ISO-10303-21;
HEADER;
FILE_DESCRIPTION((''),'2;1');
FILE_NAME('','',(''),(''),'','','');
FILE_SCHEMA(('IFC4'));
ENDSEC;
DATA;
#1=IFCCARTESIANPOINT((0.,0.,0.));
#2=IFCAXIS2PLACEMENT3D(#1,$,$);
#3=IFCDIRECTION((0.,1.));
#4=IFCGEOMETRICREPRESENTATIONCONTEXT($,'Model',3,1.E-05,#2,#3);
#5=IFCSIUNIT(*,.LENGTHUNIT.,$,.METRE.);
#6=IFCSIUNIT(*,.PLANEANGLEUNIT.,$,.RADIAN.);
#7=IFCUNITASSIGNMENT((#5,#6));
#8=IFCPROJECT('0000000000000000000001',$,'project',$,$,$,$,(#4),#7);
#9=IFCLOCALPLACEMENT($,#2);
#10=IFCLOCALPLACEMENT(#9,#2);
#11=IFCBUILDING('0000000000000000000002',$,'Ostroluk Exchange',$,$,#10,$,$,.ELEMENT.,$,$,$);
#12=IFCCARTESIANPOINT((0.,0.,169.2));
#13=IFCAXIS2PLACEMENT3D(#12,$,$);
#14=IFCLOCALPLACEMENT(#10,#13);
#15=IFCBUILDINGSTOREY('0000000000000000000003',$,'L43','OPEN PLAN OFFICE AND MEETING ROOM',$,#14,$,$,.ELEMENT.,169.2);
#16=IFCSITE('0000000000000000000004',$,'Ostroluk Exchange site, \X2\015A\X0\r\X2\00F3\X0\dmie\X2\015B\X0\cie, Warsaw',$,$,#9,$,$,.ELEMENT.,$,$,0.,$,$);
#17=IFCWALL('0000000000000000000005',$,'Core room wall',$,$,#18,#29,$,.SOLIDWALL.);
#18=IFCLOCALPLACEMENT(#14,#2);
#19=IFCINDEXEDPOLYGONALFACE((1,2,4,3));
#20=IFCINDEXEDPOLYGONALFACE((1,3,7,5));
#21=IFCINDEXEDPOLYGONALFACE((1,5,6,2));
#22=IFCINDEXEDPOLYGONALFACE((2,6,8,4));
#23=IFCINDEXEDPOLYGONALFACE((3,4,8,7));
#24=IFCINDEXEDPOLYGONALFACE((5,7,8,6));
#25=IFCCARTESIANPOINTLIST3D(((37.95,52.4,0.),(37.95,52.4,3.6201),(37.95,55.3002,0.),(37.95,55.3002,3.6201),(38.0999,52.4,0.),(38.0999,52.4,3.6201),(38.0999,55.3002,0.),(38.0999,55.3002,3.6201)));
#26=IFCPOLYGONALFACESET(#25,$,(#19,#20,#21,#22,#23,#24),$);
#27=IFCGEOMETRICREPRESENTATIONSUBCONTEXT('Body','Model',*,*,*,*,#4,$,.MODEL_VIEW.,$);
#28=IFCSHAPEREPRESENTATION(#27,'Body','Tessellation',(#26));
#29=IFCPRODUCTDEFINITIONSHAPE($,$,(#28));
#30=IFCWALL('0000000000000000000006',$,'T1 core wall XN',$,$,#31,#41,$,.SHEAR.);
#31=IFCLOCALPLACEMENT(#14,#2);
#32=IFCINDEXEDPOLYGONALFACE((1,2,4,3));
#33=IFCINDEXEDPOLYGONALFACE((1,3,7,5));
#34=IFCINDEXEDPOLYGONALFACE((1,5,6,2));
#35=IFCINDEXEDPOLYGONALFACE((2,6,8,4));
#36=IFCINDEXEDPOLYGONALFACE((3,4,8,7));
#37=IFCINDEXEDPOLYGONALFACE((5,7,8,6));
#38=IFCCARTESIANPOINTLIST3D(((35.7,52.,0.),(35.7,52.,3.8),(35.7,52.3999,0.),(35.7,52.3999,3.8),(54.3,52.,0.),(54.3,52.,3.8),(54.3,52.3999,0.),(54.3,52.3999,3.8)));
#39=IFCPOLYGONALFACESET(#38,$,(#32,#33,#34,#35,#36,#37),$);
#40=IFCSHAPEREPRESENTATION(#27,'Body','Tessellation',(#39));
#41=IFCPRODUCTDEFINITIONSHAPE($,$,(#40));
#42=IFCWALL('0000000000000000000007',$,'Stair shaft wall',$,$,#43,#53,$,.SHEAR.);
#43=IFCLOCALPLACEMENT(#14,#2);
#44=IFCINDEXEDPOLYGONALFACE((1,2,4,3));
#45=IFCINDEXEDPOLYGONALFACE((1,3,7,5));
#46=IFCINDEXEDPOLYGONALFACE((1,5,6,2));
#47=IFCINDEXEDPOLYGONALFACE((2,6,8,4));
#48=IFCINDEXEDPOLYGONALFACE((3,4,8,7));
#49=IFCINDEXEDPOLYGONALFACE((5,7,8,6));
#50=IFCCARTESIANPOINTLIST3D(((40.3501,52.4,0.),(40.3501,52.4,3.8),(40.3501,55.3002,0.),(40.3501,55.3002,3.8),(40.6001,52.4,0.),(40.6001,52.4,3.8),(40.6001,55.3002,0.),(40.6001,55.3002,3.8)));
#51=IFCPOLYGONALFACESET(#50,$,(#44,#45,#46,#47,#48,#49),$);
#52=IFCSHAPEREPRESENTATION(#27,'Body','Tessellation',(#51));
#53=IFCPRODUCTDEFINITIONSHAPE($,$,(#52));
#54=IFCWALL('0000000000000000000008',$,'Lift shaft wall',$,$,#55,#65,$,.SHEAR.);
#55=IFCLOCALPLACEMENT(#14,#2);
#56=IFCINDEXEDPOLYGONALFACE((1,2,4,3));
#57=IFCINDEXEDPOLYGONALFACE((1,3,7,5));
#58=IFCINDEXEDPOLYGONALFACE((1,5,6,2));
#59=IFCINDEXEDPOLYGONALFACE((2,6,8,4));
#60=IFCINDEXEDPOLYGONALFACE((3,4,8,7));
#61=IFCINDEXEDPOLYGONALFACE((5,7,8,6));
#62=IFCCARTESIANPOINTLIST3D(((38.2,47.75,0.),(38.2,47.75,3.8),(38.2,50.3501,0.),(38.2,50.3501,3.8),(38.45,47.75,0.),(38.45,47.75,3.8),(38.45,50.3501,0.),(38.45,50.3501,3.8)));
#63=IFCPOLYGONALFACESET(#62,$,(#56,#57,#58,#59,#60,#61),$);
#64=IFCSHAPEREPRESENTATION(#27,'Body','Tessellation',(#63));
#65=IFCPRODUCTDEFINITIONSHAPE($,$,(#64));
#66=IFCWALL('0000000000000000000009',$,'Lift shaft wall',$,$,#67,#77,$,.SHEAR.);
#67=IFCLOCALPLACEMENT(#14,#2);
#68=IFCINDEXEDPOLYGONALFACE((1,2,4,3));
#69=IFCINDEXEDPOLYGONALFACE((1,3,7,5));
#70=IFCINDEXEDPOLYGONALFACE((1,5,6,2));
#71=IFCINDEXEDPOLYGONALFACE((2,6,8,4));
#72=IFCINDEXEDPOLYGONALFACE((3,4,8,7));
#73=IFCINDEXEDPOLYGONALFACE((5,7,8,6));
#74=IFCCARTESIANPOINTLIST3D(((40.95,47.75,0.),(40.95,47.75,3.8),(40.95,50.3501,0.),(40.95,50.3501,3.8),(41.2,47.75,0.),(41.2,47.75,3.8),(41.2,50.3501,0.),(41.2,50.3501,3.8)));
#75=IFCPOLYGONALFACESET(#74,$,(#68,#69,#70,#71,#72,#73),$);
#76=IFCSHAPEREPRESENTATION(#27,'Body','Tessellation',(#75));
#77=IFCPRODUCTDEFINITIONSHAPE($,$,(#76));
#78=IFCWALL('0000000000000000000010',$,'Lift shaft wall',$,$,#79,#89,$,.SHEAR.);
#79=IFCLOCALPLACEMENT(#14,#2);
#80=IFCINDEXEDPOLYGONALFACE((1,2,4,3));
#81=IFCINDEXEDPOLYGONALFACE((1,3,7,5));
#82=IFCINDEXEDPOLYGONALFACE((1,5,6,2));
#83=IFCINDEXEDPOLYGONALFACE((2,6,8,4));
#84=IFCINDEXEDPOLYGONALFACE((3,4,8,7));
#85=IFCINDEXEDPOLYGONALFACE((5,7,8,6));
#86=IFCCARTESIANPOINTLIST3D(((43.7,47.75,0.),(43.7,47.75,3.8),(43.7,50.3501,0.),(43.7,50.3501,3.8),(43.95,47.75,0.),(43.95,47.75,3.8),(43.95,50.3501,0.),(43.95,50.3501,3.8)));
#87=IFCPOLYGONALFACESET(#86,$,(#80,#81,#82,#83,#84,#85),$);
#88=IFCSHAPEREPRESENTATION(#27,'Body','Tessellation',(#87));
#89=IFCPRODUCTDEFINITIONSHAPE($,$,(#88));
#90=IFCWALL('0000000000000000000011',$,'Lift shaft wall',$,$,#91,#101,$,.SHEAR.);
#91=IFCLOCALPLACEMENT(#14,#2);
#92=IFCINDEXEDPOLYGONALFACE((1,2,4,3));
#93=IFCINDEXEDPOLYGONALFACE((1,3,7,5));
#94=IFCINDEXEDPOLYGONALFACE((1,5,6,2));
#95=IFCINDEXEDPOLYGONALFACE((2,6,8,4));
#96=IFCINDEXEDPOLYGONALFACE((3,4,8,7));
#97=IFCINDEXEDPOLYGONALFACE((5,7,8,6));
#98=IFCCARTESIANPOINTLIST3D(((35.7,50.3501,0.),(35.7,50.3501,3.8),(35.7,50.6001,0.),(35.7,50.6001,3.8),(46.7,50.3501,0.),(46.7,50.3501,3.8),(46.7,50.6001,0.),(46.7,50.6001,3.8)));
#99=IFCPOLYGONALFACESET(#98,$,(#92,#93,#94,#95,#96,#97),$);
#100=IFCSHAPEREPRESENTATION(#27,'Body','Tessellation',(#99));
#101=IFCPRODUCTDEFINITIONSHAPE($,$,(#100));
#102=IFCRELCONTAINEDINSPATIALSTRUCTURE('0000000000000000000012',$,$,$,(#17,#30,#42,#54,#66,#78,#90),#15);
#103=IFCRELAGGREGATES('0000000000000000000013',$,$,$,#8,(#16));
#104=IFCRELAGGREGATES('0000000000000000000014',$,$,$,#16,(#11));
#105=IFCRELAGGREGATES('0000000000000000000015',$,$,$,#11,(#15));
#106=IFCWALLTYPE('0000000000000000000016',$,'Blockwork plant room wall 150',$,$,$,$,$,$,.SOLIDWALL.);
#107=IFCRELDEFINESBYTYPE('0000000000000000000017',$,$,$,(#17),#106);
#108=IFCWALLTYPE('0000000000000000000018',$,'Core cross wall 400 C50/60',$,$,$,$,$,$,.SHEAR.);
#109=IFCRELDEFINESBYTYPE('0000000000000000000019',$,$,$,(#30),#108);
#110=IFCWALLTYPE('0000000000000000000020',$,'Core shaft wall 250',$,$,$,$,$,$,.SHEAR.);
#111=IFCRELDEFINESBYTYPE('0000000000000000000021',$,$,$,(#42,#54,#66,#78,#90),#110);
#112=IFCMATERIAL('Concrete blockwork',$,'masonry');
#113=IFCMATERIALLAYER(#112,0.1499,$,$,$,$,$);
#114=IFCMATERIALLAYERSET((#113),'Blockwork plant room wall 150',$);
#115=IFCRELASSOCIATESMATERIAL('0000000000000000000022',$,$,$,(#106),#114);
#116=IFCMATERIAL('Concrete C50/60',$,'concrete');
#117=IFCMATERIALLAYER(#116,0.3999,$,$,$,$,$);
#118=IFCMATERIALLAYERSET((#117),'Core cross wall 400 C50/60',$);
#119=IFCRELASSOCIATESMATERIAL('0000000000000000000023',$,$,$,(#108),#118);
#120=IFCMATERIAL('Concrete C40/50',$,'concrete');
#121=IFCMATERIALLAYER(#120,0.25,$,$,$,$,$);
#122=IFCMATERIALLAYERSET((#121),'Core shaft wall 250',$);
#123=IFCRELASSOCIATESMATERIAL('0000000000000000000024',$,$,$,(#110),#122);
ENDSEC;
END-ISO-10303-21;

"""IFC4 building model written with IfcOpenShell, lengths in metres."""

from ifc_helpers import new_model, si_unit, direction, frame, frame_2d, origin, place, context, subcontext, project, spatial, rectangle, extrude, material, layer, layer_set, type_object, element, save


model = new_model("IFC4")

# Units and contexts
model_context = context("Model", 3, precision=1e-05, world=origin(), true_north=direction((0.0, 1.0)))
body_context = subcontext(model_context, "Body", "Model", "MODEL_VIEW")
ifc_project = project(units=[si_unit("LENGTHUNIT", "METRE"), si_unit("PLANEANGLEUNIT", "RADIAN")], contexts=[model_context])

# Site, building, storey
site_placement = place(None, origin())
site = spatial("IfcSite", under=ifc_project, at=site_placement, Name="Ostroluk Exchange site, Śródmieście, Warsaw", CompositionType="ELEMENT", RefElevation=0.0)
building_placement = place(site_placement, origin())
building = spatial("IfcBuilding", under=site, at=building_placement, Name="Ostroluk Exchange", CompositionType="ELEMENT")
storey_placement = place(building_placement, frame((0.0, 0.0, 169.2)))
storey = spatial("IfcBuildingStorey", under=building, at=storey_placement, Name="L43", Description="OPEN PLAN OFFICE AND MEETING ROOM", CompositionType="ELEMENT", Elevation=169.2)

# Walls
ifc_material_1 = material(Name="Concrete blockwork", Category="masonry")
ifc_layer_1 = layer(ifc_material_1, 0.1499)
ifc_layer_set_1 = layer_set([ifc_layer_1], Name="Blockwork plant room wall 150")
wall_type_1 = type_object("IfcWallType", Name="Blockwork plant room wall 150", PredefinedType="SOLIDWALL", material=ifc_layer_set_1)
wall_1_placement = place(storey_placement, frame((38.0249, 52.3999, 0.0), z_axis=(0.0, 0.0, 1.0), x_axis=(0.0, 1.0, 0.0)))
element("IfcWall", 1, at=wall_1_placement, inside=storey, type_object=wall_type_1, Name="Core room wall", PredefinedType="SOLIDWALL", context=body_context, shape_type="SweptSolid", body=[
    extrude(rectangle(XDim=2.9001, YDim=0.1499, at=frame_2d((1.4502, 0.0))), origin(), (0.0, 0.0, 1.0), 3.6201),
])
ifc_material_2 = material(Name="Concrete C50/60", Category="concrete")
ifc_layer_2 = layer(ifc_material_2, 0.3999)
ifc_layer_set_2 = layer_set([ifc_layer_2], Name="Core cross wall 400 C50/60")
wall_type_2 = type_object("IfcWallType", Name="Core cross wall 400 C50/60", PredefinedType="SHEAR", material=ifc_layer_set_2)
wall_2_placement = place(storey_placement, frame((35.7, 52.2, 0.0), z_axis=(0.0, 0.0, 1.0), x_axis=(1.0, 0.0, 0.0)))
element("IfcWall", 2, at=wall_2_placement, inside=storey, type_object=wall_type_2, Name="T1 core wall XN", PredefinedType="SHEAR", context=body_context, shape_type="SweptSolid", body=[
    extrude(rectangle(XDim=18.6001, YDim=0.3999, at=frame_2d((9.3, 0.0))), origin(), (0.0, 0.0, 1.0), 3.8),
])
ifc_material_3 = material(Name="Concrete C40/50", Category="concrete")
ifc_layer_3 = layer(ifc_material_3, 0.25)
ifc_layer_set_3 = layer_set([ifc_layer_3], Name="Core shaft wall 250")
wall_type_3 = type_object("IfcWallType", Name="Core shaft wall 250", PredefinedType="SHEAR", material=ifc_layer_set_3)
wall_3_placement = place(storey_placement, frame((40.4751, 52.3999, 0.0), z_axis=(0.0, 0.0, 1.0), x_axis=(0.0, 1.0, 0.0)))
element("IfcWall", 3, at=wall_3_placement, inside=storey, type_object=wall_type_3, Name="Stair shaft wall", PredefinedType="SHEAR", context=body_context, shape_type="SweptSolid", body=[
    extrude(rectangle(XDim=2.9001, YDim=0.25, at=frame_2d((1.4502, 0.0))), origin(), (0.0, 0.0, 1.0), 3.8),
])
for number, where, z_axis, x_axis, name in (
    (4, (38.325, 47.75, 0.0), (0.0, 0.0, 1.0), (0.0, 1.0, 0.0), "Lift shaft wall"),
    (5, (41.075, 47.75, 0.0), (0.0, 0.0, 1.0), (0.0, 1.0, 0.0), "Lift shaft wall"),
    (6, (43.825, 47.75, 0.0), (0.0, 0.0, 1.0), (0.0, 1.0, 0.0), "Lift shaft wall"),
):
    element("IfcWall", number, at=place(storey_placement, frame(where, z_axis=z_axis, x_axis=x_axis)), inside=storey, type_object=wall_type_3, Name=name, PredefinedType="SHEAR", context=body_context, shape_type="SweptSolid", body=[
        extrude(rectangle(XDim=2.6001, YDim=0.25, at=frame_2d((1.3, 0.0))), origin(), (0.0, 0.0, 1.0), 3.8),
    ])
wall_4_placement = place(storey_placement, frame((35.7, 50.4751, 0.0), z_axis=(0.0, 0.0, 1.0), x_axis=(1.0, 0.0, 0.0)))
element("IfcWall", 7, at=wall_4_placement, inside=storey, type_object=wall_type_3, Name="Lift shaft wall", PredefinedType="SHEAR", context=body_context, shape_type="SweptSolid", body=[
    extrude(rectangle(XDim=11.0, YDim=0.25, at=frame_2d((5.5, 0.0))), origin(), (0.0, 0.0, 1.0), 3.8),
])

save(model, "model.ifc")
